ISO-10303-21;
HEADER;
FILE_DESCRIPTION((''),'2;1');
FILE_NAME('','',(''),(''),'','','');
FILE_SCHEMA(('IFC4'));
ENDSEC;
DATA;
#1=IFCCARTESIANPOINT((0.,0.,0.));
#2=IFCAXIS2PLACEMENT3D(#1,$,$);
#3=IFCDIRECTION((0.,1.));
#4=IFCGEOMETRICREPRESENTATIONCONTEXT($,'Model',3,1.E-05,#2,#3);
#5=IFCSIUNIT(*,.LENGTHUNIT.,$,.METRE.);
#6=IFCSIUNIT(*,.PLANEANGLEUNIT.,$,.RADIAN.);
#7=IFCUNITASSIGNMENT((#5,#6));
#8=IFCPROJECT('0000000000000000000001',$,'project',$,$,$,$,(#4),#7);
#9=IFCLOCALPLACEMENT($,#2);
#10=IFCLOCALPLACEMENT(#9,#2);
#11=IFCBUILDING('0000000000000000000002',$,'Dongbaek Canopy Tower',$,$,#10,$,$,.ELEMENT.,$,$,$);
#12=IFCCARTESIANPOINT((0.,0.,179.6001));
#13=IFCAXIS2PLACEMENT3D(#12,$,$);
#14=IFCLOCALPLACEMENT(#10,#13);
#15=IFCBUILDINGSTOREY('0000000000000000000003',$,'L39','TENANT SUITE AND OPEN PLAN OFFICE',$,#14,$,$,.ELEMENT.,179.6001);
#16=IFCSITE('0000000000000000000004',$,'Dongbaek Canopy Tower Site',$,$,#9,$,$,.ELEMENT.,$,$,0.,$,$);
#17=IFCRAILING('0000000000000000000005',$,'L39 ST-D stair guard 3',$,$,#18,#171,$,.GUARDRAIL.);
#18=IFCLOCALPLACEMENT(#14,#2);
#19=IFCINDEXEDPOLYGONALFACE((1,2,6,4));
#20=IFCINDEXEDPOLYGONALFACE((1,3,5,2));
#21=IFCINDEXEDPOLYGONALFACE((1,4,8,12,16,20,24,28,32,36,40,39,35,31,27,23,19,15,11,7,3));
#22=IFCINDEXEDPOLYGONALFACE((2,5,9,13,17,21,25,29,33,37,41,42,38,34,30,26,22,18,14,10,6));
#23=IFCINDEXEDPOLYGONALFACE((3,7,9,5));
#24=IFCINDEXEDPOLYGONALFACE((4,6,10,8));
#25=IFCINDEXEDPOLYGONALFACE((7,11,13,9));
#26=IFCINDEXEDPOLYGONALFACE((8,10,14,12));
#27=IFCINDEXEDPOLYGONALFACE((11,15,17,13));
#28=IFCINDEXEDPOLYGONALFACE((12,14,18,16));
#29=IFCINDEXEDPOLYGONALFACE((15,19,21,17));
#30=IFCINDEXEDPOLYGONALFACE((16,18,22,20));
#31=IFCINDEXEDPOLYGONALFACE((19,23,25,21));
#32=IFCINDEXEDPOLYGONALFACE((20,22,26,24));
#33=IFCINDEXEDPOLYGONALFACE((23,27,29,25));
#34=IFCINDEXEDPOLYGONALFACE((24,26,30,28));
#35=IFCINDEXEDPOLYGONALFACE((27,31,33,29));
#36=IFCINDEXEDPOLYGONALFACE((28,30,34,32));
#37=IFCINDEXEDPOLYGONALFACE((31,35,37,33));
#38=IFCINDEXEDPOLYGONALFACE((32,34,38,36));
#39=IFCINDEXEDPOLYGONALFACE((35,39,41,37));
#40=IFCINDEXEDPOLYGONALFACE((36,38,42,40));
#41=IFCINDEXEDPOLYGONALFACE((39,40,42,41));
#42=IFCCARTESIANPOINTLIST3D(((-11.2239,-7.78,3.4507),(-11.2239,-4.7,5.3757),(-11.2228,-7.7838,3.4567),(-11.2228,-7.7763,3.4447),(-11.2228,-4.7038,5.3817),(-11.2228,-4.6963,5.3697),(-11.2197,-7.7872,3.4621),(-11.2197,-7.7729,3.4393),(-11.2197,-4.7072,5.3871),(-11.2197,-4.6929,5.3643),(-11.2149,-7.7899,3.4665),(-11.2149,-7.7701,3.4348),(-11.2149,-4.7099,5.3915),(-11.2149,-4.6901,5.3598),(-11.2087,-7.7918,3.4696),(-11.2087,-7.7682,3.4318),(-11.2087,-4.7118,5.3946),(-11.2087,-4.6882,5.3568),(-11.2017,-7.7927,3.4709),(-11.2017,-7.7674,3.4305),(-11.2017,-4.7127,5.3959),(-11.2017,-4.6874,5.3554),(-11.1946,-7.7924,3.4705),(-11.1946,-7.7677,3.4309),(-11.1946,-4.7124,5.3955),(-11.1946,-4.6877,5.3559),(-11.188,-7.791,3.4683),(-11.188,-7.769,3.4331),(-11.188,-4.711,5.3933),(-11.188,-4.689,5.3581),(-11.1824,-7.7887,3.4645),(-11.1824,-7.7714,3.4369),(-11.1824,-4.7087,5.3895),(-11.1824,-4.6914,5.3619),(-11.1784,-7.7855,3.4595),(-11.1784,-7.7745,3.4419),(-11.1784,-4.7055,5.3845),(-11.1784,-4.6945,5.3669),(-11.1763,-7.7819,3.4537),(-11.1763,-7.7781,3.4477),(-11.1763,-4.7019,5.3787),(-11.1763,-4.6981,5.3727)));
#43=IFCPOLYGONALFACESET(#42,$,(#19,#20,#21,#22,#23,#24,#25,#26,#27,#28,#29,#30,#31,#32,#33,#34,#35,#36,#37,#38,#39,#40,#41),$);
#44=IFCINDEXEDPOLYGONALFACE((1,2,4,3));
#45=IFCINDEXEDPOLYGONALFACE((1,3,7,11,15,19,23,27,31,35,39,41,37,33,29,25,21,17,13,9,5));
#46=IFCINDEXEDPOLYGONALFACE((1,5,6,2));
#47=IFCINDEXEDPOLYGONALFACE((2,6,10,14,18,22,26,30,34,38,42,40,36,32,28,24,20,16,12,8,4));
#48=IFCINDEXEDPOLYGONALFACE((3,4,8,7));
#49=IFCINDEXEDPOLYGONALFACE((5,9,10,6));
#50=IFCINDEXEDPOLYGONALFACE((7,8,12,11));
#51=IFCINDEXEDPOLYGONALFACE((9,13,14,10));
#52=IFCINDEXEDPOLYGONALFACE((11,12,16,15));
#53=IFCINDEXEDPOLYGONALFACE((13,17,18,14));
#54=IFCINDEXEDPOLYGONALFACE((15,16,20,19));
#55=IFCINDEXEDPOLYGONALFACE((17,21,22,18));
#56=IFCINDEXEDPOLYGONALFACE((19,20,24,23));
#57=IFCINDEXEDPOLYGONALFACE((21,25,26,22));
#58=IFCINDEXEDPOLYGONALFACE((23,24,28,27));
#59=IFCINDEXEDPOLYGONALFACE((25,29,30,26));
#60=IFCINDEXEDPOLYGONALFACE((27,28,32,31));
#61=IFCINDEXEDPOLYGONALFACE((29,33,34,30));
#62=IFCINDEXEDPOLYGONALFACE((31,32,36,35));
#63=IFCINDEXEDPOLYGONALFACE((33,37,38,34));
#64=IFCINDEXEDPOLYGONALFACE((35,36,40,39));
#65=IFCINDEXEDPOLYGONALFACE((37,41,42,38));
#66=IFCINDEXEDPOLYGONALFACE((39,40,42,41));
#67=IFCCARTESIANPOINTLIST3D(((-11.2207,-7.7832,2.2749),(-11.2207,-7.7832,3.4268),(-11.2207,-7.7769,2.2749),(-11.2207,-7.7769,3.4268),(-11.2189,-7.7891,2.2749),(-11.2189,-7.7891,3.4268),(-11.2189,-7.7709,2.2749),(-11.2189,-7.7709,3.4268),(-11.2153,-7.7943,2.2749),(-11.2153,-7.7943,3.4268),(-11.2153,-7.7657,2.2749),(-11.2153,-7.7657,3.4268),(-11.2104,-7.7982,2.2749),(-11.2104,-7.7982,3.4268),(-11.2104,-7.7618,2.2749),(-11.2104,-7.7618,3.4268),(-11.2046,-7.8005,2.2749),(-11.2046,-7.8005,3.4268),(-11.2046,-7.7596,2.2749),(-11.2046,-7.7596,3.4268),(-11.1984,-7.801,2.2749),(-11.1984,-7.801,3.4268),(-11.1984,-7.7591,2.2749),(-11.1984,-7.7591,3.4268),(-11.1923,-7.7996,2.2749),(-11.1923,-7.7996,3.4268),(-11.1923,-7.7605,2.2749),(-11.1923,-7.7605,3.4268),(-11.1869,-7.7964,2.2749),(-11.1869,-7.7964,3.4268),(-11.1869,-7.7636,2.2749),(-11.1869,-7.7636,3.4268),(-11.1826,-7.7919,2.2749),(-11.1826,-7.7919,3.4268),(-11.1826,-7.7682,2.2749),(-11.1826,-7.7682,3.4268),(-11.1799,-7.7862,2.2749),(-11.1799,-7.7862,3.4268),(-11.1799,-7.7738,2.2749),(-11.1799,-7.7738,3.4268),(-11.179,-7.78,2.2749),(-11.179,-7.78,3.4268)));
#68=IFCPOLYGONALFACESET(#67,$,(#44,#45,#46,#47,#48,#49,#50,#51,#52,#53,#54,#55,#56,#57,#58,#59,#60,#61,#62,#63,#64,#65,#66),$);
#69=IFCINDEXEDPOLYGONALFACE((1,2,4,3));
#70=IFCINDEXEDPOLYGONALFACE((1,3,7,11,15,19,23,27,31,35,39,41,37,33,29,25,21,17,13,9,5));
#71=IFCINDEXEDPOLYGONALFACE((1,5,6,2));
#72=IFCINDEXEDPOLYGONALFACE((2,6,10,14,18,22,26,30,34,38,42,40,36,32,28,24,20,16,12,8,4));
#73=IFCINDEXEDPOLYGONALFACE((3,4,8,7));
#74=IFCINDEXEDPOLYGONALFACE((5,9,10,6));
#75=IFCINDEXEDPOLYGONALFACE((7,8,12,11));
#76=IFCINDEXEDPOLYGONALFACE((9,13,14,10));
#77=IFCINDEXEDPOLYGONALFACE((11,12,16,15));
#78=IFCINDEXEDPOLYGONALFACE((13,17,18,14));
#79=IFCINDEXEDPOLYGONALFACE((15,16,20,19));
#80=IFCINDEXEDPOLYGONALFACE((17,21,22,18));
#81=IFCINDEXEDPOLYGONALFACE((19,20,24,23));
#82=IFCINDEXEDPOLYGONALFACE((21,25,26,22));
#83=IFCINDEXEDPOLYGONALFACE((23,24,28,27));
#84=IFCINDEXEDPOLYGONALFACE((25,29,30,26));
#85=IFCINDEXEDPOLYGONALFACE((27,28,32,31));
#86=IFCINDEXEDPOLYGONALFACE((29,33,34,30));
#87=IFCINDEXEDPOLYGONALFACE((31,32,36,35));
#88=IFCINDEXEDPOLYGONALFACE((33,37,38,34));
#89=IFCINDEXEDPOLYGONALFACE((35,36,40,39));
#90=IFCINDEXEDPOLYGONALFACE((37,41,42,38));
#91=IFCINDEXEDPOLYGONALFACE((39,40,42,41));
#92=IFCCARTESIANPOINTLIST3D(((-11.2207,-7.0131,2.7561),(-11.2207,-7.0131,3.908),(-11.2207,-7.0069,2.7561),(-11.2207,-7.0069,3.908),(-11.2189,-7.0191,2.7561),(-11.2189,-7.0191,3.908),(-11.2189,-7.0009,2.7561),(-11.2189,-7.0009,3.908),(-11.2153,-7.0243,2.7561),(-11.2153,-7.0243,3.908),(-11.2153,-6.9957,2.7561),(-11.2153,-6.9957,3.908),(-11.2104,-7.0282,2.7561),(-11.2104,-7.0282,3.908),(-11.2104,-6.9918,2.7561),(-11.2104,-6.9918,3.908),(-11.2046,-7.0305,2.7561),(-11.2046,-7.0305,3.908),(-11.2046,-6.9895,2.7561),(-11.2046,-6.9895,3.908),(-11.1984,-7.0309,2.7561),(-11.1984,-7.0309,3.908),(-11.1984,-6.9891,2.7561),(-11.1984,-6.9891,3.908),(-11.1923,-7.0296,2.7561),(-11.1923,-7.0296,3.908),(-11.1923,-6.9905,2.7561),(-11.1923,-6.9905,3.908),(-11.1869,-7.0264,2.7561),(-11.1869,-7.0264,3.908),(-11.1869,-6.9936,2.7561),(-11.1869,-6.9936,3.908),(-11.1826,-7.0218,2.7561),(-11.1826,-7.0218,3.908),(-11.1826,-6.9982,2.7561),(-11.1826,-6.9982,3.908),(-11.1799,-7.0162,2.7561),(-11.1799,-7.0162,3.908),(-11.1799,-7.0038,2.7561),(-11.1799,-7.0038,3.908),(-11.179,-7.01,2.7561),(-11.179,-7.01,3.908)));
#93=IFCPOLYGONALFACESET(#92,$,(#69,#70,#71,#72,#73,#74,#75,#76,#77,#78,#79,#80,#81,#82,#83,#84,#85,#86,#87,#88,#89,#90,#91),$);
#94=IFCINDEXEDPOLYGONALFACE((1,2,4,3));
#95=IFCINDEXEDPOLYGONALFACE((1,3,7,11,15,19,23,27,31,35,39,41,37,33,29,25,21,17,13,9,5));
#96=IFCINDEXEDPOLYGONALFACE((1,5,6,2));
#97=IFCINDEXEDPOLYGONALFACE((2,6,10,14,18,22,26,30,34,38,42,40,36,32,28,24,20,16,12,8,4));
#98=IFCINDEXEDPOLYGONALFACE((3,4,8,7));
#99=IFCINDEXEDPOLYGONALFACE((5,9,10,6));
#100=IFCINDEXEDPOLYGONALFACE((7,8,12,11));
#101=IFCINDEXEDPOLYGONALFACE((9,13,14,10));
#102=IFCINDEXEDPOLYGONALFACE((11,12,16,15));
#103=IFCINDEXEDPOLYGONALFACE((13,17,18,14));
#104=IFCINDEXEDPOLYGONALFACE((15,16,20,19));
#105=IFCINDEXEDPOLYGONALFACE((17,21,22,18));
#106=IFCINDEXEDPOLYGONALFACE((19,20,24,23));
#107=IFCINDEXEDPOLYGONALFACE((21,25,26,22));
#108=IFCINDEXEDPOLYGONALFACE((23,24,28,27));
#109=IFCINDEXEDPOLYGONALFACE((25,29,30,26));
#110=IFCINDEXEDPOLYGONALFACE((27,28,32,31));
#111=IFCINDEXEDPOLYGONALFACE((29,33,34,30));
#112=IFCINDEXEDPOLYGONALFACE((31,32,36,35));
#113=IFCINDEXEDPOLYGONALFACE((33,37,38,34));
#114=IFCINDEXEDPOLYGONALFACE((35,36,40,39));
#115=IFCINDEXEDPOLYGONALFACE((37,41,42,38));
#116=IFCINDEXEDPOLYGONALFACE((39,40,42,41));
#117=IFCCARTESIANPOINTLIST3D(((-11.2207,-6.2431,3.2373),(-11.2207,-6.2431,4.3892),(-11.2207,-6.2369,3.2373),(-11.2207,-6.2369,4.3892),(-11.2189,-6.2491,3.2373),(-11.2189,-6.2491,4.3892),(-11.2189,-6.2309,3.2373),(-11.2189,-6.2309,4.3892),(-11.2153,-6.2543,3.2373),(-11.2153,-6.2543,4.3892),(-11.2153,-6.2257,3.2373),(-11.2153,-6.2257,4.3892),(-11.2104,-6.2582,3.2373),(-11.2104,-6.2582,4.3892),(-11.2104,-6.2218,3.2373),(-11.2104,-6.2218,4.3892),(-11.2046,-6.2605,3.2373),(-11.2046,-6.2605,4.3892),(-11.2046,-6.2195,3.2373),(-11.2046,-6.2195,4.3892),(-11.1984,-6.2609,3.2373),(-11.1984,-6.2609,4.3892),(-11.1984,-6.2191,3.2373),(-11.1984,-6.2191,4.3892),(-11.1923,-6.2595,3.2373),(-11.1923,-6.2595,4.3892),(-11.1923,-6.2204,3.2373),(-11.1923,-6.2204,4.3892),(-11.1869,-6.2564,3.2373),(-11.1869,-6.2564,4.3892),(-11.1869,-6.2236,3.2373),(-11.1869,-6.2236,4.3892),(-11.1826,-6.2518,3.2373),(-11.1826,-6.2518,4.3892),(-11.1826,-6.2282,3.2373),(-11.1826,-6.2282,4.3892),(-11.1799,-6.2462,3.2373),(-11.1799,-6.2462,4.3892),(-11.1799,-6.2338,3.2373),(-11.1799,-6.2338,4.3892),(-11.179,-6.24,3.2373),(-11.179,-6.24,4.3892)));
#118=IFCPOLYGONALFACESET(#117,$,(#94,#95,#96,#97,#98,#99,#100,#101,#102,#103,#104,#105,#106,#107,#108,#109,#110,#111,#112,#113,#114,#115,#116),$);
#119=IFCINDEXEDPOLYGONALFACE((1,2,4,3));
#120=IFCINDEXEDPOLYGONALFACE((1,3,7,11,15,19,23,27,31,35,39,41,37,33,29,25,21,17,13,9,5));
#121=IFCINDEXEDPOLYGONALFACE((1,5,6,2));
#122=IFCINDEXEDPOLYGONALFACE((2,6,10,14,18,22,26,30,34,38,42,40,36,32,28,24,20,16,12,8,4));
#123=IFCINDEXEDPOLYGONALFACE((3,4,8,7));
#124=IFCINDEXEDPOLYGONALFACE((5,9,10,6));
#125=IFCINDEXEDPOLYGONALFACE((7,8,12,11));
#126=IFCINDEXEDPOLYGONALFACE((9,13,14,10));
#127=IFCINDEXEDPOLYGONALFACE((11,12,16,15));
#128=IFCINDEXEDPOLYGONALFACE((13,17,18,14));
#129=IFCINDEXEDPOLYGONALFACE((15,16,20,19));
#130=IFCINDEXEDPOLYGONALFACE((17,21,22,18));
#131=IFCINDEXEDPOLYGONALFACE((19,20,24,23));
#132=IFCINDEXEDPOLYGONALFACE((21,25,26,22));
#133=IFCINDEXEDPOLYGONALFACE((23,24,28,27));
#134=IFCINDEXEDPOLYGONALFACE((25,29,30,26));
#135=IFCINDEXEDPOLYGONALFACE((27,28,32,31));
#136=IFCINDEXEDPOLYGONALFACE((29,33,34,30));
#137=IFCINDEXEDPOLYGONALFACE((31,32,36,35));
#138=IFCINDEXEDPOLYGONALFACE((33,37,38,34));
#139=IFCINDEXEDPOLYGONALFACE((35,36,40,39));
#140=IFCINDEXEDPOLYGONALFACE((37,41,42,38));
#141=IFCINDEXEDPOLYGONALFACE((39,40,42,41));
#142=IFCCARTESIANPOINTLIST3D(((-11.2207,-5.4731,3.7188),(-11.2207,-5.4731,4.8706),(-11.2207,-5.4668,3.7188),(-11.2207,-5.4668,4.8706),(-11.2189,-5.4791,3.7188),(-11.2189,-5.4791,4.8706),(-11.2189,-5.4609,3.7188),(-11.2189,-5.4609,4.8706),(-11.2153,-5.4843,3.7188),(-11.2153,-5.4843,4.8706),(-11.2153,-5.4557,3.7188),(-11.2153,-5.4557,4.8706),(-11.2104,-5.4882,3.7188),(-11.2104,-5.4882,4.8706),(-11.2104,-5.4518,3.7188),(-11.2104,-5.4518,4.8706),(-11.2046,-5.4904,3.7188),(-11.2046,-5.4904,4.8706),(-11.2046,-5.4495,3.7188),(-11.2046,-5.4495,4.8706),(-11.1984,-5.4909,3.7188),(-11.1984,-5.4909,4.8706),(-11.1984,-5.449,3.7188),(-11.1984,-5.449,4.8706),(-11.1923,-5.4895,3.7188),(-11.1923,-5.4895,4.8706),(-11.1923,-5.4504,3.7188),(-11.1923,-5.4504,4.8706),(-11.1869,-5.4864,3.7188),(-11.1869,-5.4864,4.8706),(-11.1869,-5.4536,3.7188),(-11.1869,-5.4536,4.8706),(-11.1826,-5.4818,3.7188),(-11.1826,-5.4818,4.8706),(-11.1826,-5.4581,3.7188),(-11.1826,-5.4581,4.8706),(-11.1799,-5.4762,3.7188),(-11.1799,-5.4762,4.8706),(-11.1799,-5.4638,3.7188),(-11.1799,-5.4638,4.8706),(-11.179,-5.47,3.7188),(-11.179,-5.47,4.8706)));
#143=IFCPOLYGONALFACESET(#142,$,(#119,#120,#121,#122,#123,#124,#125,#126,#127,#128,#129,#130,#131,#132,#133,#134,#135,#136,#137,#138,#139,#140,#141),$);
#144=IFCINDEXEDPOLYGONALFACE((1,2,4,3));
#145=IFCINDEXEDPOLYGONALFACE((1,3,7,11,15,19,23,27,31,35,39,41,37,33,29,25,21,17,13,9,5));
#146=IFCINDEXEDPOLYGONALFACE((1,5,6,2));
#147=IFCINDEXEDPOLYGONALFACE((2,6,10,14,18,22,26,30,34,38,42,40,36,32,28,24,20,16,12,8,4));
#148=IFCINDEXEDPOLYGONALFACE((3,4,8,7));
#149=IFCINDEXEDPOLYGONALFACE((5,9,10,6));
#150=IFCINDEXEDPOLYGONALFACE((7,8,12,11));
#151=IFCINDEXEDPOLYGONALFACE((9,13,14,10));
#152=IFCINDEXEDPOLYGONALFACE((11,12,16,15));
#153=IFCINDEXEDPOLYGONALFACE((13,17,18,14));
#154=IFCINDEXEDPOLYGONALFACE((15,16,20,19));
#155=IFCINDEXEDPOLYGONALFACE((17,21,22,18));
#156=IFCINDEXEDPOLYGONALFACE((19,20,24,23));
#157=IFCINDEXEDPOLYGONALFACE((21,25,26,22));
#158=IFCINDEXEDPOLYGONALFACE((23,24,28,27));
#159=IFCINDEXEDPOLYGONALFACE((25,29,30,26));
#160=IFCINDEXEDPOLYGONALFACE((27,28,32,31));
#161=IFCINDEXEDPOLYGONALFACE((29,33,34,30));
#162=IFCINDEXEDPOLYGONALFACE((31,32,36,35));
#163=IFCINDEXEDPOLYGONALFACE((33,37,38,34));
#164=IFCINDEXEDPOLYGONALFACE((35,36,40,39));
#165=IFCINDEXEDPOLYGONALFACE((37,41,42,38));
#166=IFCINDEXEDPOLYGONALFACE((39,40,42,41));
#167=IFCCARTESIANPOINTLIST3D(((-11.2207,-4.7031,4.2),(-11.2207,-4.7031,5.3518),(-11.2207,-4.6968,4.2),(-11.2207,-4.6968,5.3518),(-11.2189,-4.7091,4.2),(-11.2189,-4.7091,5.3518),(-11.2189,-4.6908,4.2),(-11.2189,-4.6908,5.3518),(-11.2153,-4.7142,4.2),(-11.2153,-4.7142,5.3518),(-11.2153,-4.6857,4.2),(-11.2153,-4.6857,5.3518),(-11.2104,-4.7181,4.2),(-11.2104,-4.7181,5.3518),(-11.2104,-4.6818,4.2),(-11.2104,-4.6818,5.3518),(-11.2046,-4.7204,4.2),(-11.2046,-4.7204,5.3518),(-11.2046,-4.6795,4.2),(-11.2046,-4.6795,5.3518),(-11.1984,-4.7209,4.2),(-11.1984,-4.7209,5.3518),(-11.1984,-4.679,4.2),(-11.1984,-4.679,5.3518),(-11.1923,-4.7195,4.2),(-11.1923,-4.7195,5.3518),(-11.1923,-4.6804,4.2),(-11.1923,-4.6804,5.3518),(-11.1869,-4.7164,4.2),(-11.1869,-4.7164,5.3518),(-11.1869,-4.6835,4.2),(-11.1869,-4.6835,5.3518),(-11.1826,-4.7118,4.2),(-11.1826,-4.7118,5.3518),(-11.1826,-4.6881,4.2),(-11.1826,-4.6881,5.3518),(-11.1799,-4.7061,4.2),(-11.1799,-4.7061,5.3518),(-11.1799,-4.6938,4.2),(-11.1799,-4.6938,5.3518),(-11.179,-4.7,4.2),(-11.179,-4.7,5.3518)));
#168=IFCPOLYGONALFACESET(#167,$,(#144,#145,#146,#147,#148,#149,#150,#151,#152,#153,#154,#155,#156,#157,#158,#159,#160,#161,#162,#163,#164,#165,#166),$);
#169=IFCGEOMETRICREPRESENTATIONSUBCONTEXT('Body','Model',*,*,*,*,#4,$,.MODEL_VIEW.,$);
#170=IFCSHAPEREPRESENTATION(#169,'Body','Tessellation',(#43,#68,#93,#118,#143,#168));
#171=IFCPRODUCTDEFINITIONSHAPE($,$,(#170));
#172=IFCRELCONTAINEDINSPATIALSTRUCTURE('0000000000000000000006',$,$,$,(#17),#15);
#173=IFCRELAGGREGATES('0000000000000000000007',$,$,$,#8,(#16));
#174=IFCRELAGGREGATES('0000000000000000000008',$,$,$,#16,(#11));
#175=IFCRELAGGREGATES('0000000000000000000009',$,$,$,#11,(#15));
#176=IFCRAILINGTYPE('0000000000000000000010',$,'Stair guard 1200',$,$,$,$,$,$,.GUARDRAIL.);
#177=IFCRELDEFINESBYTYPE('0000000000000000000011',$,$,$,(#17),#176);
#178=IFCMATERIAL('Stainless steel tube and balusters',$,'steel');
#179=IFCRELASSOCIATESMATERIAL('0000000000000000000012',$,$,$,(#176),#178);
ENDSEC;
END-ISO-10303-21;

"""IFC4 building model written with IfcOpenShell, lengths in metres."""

from ifc_helpers import new_model, si_unit, direction, frame, origin, origin_2d, place, context, subcontext, project, spatial, circle, extrude, material, type_object, element, save


model = new_model("IFC4")

# Units and contexts
model_context = context("Model", 3, precision=1e-05, world=origin(), true_north=direction((0.0, 1.0)))
body_context = subcontext(model_context, "Body", "Model", "MODEL_VIEW")
ifc_project = project(units=[si_unit("LENGTHUNIT", "METRE"), si_unit("PLANEANGLEUNIT", "RADIAN")], contexts=[model_context])

# Site, building, storey
site_placement = place(None, origin())
site = spatial("IfcSite", under=ifc_project, at=site_placement, Name="Dongbaek Canopy Tower Site", CompositionType="ELEMENT", RefElevation=0.0)
building_placement = place(site_placement, origin())
building = spatial("IfcBuilding", under=site, at=building_placement, Name="Dongbaek Canopy Tower", CompositionType="ELEMENT")
storey_placement = place(building_placement, frame((0.0, 0.0, 179.6001)))
storey = spatial("IfcBuildingStorey", under=building, at=storey_placement, Name="L39", Description="TENANT SUITE AND OPEN PLAN OFFICE", CompositionType="ELEMENT", Elevation=179.6001)

# Railing
ifc_material_1 = material(Name="Stainless steel tube and balusters", Category="steel")
railing_type_1 = type_object("IfcRailingType", Name="Stair guard 1200", PredefinedType="GUARDRAIL", material=ifc_material_1)
railing_1_placement = place(storey_placement, frame((-11.2, -7.78, 2.2749)))
element("IfcRailing", 1, at=railing_1_placement, inside=storey, type_object=railing_type_1, Name="L39 ST-D stair guard 3", PredefinedType="GUARDRAIL", context=body_context, shape_type="SweptSolid", body=[
    extrude(circle(Radius=0.0239, at=origin_2d()), frame((0.0, 0.0, 1.1758), z_axis=(0.0, 0.847998, 0.529999), x_axis=(-1.0, 0.0, 0.0)), (0.0, 0.0, 1.0), 3.6321),
    extrude(circle(Radius=0.021, at=origin_2d()), origin(), (0.0, 0.0, 1.0), 1.1519),
    extrude(circle(Radius=0.021, at=origin_2d()), frame((0.0, 0.77, 0.4812)), (0.0, 0.0, 1.0), 1.1519),
    extrude(circle(Radius=0.021, at=origin_2d()), frame((0.0, 1.54, 0.9624)), (0.0, 0.0, 1.0), 1.1519),
    extrude(circle(Radius=0.021, at=origin_2d()), frame((0.0, 2.3101, 1.4438)), (0.0, 0.0, 1.0), 1.1519),
    extrude(circle(Radius=0.021, at=origin_2d()), frame((0.0, 3.0801, 1.925)), (0.0, 0.0, 1.0), 1.1519),
])

save(model, "model.ifc")
